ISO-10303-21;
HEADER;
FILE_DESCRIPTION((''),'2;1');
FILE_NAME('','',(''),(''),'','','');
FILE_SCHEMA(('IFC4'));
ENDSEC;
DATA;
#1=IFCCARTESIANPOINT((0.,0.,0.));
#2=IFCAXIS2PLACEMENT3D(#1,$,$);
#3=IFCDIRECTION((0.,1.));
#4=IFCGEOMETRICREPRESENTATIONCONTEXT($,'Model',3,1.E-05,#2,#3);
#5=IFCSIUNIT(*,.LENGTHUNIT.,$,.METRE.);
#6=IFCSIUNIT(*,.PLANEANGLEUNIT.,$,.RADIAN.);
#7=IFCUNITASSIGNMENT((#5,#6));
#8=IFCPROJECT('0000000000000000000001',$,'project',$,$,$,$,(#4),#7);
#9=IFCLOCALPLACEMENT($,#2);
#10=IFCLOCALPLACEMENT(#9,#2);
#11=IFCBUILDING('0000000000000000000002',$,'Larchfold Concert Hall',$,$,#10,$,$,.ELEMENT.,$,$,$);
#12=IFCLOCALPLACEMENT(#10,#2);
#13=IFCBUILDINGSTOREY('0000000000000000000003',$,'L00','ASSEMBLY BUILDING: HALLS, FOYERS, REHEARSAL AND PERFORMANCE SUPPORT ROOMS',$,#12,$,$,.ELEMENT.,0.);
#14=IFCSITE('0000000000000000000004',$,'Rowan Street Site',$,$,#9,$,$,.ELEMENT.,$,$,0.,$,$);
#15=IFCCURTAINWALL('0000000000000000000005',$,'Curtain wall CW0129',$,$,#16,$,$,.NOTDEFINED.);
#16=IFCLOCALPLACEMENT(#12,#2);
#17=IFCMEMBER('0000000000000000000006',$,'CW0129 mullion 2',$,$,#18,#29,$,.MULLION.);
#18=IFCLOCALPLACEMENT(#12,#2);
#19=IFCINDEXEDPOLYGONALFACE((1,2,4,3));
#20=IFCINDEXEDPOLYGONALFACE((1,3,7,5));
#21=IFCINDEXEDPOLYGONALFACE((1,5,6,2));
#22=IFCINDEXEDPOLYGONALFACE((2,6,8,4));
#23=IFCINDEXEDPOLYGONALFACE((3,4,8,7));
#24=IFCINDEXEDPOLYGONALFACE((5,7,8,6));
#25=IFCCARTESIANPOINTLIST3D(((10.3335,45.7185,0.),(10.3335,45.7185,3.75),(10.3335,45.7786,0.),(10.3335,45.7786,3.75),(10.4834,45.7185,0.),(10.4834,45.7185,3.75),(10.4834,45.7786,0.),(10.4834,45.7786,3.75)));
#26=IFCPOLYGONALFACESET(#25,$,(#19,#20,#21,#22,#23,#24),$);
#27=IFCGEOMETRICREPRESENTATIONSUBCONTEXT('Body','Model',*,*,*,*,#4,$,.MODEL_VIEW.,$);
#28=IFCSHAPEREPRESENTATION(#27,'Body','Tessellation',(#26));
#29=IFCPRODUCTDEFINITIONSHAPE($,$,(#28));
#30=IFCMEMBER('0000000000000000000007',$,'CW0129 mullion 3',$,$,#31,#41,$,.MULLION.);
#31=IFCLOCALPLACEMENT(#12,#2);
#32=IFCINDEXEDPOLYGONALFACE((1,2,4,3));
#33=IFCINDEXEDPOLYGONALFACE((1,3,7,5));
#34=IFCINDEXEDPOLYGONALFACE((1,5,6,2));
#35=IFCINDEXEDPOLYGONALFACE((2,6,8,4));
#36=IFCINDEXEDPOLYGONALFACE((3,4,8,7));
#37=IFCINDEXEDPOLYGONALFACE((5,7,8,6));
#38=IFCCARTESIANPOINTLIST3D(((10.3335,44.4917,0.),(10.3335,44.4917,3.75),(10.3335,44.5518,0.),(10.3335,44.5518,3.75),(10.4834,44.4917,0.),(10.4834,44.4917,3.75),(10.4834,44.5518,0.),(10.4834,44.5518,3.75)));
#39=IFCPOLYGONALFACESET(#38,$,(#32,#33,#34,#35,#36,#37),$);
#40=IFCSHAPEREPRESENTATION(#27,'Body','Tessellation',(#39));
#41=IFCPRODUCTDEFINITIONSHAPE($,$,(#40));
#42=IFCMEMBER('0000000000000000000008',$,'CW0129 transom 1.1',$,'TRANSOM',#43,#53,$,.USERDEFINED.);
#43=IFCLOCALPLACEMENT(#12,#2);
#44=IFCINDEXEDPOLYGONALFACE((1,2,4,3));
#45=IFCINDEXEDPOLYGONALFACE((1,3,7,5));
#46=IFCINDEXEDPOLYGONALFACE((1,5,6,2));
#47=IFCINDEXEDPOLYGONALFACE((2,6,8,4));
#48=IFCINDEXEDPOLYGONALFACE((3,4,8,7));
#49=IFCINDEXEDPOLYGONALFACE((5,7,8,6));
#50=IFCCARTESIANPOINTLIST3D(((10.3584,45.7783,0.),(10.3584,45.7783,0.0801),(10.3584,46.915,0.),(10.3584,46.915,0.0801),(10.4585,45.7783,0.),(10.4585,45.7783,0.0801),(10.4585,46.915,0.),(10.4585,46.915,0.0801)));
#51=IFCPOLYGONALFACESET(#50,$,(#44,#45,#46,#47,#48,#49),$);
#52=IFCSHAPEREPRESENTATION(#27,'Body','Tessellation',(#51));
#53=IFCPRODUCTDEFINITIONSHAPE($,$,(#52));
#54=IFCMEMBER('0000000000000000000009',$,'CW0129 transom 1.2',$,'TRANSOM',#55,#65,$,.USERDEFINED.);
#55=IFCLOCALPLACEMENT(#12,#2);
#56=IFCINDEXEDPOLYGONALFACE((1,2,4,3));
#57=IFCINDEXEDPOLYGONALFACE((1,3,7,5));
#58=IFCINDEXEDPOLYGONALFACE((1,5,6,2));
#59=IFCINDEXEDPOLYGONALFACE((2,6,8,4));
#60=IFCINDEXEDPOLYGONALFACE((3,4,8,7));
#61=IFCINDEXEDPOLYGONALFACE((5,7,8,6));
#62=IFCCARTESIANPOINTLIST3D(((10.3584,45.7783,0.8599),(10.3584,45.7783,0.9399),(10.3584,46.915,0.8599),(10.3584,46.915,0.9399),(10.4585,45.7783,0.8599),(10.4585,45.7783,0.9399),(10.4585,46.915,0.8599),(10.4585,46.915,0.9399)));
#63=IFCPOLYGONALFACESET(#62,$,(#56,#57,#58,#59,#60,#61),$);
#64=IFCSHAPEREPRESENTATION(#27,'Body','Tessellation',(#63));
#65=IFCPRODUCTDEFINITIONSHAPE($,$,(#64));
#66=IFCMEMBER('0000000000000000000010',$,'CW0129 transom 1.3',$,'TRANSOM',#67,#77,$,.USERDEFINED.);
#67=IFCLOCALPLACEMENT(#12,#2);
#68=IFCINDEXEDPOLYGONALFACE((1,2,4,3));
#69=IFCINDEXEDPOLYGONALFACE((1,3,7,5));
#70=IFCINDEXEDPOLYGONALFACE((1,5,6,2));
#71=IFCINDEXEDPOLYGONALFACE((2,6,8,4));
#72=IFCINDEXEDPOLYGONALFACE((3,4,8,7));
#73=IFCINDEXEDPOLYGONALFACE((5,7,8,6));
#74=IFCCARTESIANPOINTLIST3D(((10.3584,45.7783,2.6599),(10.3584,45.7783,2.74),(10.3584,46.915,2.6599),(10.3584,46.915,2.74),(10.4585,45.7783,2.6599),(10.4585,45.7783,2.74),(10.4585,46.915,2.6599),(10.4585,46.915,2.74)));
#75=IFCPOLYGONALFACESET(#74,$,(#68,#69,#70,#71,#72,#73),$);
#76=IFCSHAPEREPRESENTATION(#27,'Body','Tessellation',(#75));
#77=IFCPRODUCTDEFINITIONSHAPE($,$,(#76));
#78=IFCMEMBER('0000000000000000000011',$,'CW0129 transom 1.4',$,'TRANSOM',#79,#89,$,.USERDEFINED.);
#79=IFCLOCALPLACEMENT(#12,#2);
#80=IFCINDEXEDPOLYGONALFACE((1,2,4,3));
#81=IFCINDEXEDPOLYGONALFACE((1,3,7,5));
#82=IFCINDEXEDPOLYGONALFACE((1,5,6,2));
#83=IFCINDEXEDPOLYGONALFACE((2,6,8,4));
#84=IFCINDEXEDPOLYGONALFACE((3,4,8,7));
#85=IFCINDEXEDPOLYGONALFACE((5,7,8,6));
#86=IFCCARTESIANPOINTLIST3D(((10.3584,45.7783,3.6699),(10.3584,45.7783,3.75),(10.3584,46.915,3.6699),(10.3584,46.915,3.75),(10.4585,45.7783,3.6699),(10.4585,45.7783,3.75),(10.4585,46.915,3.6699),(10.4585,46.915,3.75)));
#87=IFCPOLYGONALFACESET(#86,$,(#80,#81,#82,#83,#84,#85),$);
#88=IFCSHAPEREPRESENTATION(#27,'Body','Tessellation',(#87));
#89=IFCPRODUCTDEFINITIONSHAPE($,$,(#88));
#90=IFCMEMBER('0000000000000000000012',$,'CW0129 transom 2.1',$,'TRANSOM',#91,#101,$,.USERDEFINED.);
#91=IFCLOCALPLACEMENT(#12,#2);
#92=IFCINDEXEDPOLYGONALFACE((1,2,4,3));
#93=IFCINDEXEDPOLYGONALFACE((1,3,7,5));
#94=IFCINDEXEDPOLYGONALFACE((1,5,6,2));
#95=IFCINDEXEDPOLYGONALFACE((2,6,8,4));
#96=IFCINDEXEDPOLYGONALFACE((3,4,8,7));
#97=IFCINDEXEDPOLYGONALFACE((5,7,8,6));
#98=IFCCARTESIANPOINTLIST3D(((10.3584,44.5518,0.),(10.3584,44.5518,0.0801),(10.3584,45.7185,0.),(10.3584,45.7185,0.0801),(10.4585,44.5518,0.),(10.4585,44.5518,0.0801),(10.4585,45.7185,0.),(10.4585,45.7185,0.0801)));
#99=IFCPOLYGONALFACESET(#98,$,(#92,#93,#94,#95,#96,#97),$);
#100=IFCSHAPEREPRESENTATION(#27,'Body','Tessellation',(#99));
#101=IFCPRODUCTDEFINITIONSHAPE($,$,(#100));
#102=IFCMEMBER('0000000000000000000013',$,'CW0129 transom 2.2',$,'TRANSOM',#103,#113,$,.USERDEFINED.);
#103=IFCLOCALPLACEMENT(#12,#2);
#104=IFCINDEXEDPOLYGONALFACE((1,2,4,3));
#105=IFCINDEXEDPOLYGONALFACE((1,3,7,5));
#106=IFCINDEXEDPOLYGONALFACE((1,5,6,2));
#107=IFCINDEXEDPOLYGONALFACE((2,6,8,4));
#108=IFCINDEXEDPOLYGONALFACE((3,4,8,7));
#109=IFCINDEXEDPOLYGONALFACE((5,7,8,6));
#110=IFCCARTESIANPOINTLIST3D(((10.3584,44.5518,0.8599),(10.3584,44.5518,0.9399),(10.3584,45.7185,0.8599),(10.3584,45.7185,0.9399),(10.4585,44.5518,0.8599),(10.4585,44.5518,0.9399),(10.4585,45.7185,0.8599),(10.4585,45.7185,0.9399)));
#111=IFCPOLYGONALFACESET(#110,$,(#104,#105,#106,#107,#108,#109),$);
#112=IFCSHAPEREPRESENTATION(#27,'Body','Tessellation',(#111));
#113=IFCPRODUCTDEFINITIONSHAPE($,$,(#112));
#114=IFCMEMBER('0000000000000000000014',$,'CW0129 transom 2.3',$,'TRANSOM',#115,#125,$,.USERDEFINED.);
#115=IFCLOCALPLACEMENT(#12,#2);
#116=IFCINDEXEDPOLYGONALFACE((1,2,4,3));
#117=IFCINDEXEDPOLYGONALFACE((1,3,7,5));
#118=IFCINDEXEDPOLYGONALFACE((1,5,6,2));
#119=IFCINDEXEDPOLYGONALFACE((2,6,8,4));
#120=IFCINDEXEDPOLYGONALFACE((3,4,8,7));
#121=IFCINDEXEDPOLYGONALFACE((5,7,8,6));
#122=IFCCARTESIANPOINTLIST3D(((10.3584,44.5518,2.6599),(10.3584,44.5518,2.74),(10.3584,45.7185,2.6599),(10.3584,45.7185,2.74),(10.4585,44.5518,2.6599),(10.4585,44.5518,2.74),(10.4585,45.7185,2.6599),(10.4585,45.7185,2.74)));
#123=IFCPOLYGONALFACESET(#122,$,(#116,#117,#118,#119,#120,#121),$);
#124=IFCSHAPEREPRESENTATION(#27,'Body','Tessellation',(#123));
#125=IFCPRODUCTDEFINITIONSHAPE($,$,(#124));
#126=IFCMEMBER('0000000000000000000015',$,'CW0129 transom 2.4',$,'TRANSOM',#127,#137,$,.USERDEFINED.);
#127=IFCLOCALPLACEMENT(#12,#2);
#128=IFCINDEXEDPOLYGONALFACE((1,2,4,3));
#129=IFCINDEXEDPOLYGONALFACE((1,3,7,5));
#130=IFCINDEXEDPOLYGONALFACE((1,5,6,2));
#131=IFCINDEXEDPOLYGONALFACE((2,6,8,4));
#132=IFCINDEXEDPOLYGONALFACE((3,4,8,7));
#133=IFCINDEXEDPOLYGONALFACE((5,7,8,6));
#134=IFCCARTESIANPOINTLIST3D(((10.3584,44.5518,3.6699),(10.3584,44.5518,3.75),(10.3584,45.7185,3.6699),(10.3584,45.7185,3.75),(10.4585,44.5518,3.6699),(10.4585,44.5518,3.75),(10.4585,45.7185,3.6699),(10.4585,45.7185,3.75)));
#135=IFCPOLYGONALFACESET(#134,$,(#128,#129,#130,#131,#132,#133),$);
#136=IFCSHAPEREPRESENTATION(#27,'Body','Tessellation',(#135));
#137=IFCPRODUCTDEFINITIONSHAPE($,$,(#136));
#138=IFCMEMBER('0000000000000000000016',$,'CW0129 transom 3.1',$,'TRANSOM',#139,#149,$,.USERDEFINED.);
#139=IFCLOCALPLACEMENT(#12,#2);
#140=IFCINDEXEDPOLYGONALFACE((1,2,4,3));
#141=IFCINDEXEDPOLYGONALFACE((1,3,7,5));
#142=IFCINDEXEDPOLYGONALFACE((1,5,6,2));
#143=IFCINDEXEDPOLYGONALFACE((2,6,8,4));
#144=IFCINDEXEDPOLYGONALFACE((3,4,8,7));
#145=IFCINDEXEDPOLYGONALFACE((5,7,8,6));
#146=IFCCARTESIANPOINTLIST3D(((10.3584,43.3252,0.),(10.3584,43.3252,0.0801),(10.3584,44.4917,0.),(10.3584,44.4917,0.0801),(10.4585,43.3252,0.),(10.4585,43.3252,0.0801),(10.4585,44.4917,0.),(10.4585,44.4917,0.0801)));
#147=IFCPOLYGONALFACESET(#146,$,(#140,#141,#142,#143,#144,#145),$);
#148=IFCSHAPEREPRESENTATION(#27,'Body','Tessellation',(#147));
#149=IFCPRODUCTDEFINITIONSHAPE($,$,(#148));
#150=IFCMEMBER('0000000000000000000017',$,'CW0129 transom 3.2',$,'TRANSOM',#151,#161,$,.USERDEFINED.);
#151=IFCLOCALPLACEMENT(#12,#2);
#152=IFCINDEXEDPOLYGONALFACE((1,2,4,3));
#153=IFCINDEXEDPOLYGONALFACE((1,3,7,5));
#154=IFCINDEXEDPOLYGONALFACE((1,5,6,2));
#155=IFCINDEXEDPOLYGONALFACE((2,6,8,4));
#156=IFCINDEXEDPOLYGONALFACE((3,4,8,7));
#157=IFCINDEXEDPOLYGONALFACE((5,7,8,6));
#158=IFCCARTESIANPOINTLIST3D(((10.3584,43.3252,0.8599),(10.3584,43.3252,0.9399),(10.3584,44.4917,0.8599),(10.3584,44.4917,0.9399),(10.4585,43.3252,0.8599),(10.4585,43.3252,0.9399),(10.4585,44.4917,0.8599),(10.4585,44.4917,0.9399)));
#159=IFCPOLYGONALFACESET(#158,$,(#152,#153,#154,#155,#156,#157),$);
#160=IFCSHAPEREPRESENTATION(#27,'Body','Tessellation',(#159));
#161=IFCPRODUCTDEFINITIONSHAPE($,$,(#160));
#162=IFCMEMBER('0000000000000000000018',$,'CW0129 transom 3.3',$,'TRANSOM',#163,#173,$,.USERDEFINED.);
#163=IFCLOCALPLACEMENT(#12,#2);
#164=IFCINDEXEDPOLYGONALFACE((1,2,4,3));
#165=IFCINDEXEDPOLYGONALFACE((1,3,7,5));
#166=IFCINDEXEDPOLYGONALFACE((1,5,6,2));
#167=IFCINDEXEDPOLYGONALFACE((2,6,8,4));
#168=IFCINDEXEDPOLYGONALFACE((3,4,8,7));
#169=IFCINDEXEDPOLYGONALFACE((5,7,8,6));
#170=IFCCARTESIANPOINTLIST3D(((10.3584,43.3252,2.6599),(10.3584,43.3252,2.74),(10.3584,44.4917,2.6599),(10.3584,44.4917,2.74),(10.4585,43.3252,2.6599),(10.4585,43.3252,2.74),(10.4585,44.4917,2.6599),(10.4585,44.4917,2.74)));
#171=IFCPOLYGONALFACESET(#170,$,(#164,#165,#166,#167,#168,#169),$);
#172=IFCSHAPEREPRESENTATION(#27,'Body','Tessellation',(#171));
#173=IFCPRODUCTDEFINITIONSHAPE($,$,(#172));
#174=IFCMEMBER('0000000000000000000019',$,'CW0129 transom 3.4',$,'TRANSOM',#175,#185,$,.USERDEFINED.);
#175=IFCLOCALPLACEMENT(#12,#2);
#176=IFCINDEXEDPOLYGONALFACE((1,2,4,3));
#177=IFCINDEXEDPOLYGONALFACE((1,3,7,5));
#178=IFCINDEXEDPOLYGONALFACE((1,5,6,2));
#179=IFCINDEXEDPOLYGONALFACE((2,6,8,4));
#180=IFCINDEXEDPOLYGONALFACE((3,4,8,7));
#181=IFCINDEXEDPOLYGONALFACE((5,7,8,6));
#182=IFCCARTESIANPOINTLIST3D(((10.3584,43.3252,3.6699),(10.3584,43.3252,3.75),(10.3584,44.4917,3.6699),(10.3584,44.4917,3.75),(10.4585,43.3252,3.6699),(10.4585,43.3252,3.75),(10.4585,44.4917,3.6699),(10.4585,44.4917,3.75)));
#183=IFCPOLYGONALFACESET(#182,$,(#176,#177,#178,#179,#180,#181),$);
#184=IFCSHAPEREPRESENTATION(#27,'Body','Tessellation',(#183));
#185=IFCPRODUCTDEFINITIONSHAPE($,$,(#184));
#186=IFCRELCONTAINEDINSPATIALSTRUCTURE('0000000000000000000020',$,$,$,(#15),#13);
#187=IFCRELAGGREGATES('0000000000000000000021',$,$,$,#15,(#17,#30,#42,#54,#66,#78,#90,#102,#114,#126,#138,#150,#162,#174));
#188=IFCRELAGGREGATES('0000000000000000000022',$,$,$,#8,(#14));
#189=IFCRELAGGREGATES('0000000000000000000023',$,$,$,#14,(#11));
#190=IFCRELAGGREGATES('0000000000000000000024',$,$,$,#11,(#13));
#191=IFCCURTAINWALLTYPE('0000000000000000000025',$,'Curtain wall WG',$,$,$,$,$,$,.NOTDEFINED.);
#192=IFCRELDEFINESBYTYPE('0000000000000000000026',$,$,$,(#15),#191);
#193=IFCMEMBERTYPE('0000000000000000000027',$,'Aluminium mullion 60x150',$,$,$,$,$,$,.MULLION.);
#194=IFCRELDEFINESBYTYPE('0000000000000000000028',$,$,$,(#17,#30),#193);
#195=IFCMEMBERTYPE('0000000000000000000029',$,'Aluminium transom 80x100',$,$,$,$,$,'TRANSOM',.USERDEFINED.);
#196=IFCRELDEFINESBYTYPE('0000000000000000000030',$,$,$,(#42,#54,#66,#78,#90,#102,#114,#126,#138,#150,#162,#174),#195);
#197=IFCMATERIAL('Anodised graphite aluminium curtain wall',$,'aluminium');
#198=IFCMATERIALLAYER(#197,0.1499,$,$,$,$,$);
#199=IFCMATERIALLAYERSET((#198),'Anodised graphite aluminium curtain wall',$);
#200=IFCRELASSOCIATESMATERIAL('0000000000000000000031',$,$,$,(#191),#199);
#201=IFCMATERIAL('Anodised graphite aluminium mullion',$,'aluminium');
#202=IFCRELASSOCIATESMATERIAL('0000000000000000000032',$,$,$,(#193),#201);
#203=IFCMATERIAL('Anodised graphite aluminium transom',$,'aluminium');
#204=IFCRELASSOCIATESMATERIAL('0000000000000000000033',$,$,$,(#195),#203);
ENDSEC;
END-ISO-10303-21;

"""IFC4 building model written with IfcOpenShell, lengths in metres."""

from ifc_helpers import new_model, si_unit, direction, frame, origin, origin_2d, place, context, subcontext, project, spatial, rectangle, extrude, material, layer, layer_set, material_profile, profile_set, type_object, element, aggregate, save


model = new_model("IFC4")

# Units and contexts
model_context = context("Model", 3, precision=1e-05, world=origin(), true_north=direction((0.0, 1.0)))
body_context = subcontext(model_context, "Body", "Model", "MODEL_VIEW")
ifc_project = project(units=[si_unit("LENGTHUNIT", "METRE"), si_unit("PLANEANGLEUNIT", "RADIAN")], contexts=[model_context])

# Site, building, storey
site_placement = place(None, origin())
site = spatial("IfcSite", under=ifc_project, at=site_placement, Name="Rowan Street Site", CompositionType="ELEMENT", RefElevation=0.0)
building_placement = place(site_placement, origin())
building = spatial("IfcBuilding", under=site, at=building_placement, Name="Larchfold Concert Hall", CompositionType="ELEMENT")
storey_placement = place(building_placement, origin())
storey = spatial("IfcBuildingStorey", under=building, at=storey_placement, Name="L00", Description="ASSEMBLY BUILDING: HALLS, FOYERS, REHEARSAL AND PERFORMANCE SUPPORT ROOMS", CompositionType="ELEMENT", Elevation=0.0)

# Curtain wall, members
ifc_material_1 = material(Name="Anodised graphite aluminium curtain wall", Category="aluminium")
ifc_layer_1 = layer(ifc_material_1, 0.1499)
ifc_layer_set_1 = layer_set([ifc_layer_1], Name="Anodised graphite aluminium curtain wall")
curtain_wall_type = type_object("IfcCurtainWallType", Name="Curtain wall WG", PredefinedType="NOTDEFINED", material=ifc_layer_set_1)
curtain_wall_placement = place(storey_placement, origin())
curtain_wall = element("IfcCurtainWall", 1, at=curtain_wall_placement, inside=storey, type_object=curtain_wall_type, Name="Curtain wall CW0129", PredefinedType="NOTDEFINED")
ifc_material_2 = material(Name="Anodised graphite aluminium mullion", Category="aluminium")
ifc_material_profile_1 = material_profile(ifc_material_2, rectangle(XDim=0.1499, YDim=0.0601, at=origin_2d()))
ifc_profile_set_1 = profile_set([ifc_material_profile_1], Name="Anodised graphite aluminium mullion")
member_type_1 = type_object("IfcMemberType", Name="Aluminium mullion 60x150", PredefinedType="MULLION", material=ifc_profile_set_1)
member_1_placement = place(storey_placement, frame((10.4084, 45.7485, 0.0), z_axis=(0.0, 0.0, 1.0), x_axis=(1.0, 0.0, 0.0)))
member_1 = element("IfcMember", 2, at=member_1_placement, type_object=member_type_1, Name="CW0129 mullion 2", PredefinedType="MULLION", context=body_context, shape_type="SweptSolid", body=[
    extrude(rectangle(XDim=0.1499, YDim=0.0601, at=origin_2d()), origin(), (0.0, 0.0, 1.0), 3.75),
])
member_2_placement = place(storey_placement, frame((10.4084, 44.5217, 0.0), z_axis=(0.0, 0.0, 1.0), x_axis=(1.0, 0.0, 0.0)))
member_2 = element("IfcMember", 3, at=member_2_placement, type_object=member_type_1, Name="CW0129 mullion 3", PredefinedType="MULLION", context=body_context, shape_type="SweptSolid", body=[
    extrude(rectangle(XDim=0.1499, YDim=0.0601, at=origin_2d()), origin(), (0.0, 0.0, 1.0), 3.75),
])
ifc_material_3 = material(Name="Anodised graphite aluminium transom", Category="aluminium")
ifc_material_profile_2 = material_profile(ifc_material_3, rectangle(XDim=0.1001, YDim=0.0801, at=origin_2d()))
ifc_profile_set_2 = profile_set([ifc_material_profile_2], Name="Anodised graphite aluminium transom")
member_type_2 = type_object("IfcMemberType", Name="Aluminium transom 80x100", ElementType="TRANSOM", PredefinedType="USERDEFINED", material=ifc_profile_set_2)
member_3_placement = place(storey_placement, frame((10.4084, 46.915, 0.04), z_axis=(0.0, -1.0, 0.0), x_axis=(1.0, 0.0, 0.0)))
member_3 = element("IfcMember", 4, at=member_3_placement, type_object=member_type_2, Name="CW0129 transom 1.1", ObjectType="TRANSOM", PredefinedType="USERDEFINED", context=body_context, shape_type="SweptSolid", body=[
    extrude(rectangle(XDim=0.1001, YDim=0.0801, at=origin_2d()), origin(), (0.0, 0.0, 1.0), 1.1367),
])
member_4_placement = place(storey_placement, frame((10.4084, 46.915, 0.8999), z_axis=(0.0, -1.0, 0.0), x_axis=(1.0, 0.0, 0.0)))
member_4 = element("IfcMember", 5, at=member_4_placement, type_object=member_type_2, Name="CW0129 transom 1.2", ObjectType="TRANSOM", PredefinedType="USERDEFINED", context=body_context, shape_type="SweptSolid", body=[
    extrude(rectangle(XDim=0.1001, YDim=0.0801, at=origin_2d()), origin(), (0.0, 0.0, 1.0), 1.1367),
])
member_5_placement = place(storey_placement, frame((10.4084, 46.915, 2.7), z_axis=(0.0, -1.0, 0.0), x_axis=(1.0, 0.0, 0.0)))
member_5 = element("IfcMember", 6, at=member_5_placement, type_object=member_type_2, Name="CW0129 transom 1.3", ObjectType="TRANSOM", PredefinedType="USERDEFINED", context=body_context, shape_type="SweptSolid", body=[
    extrude(rectangle(XDim=0.1001, YDim=0.0801, at=origin_2d()), origin(), (0.0, 0.0, 1.0), 1.1367),
])
member_6_placement = place(storey_placement, frame((10.4084, 46.915, 3.71), z_axis=(0.0, -1.0, 0.0), x_axis=(1.0, 0.0, 0.0)))
member_6 = element("IfcMember", 7, at=member_6_placement, type_object=member_type_2, Name="CW0129 transom 1.4", ObjectType="TRANSOM", PredefinedType="USERDEFINED", context=body_context, shape_type="SweptSolid", body=[
    extrude(rectangle(XDim=0.1001, YDim=0.0801, at=origin_2d()), origin(), (0.0, 0.0, 1.0), 1.1367),
])
member_7_placement = place(storey_placement, frame((10.4084, 45.7185, 0.04), z_axis=(0.0, -1.0, 0.0), x_axis=(1.0, 0.0, 0.0)))
member_7 = element("IfcMember", 8, at=member_7_placement, type_object=member_type_2, Name="CW0129 transom 2.1", ObjectType="TRANSOM", PredefinedType="USERDEFINED", context=body_context, shape_type="SweptSolid", body=[
    extrude(rectangle(XDim=0.1001, YDim=0.0801, at=origin_2d()), origin(), (0.0, 0.0, 1.0), 1.1667),
])
member_8_placement = place(storey_placement, frame((10.4084, 45.7185, 0.8999), z_axis=(0.0, -1.0, 0.0), x_axis=(1.0, 0.0, 0.0)))
member_8 = element("IfcMember", 9, at=member_8_placement, type_object=member_type_2, Name="CW0129 transom 2.2", ObjectType="TRANSOM", PredefinedType="USERDEFINED", context=body_context, shape_type="SweptSolid", body=[
    extrude(rectangle(XDim=0.1001, YDim=0.0801, at=origin_2d()), origin(), (0.0, 0.0, 1.0), 1.1667),
])
member_9_placement = place(storey_placement, frame((10.4084, 45.7185, 2.7), z_axis=(0.0, -1.0, 0.0), x_axis=(1.0, 0.0, 0.0)))
member_9 = element("IfcMember", 10, at=member_9_placement, type_object=member_type_2, Name="CW0129 transom 2.3", ObjectType="TRANSOM", PredefinedType="USERDEFINED", context=body_context, shape_type="SweptSolid", body=[
    extrude(rectangle(XDim=0.1001, YDim=0.0801, at=origin_2d()), origin(), (0.0, 0.0, 1.0), 1.1667),
])
member_10_placement = place(storey_placement, frame((10.4084, 45.7185, 3.71), z_axis=(0.0, -1.0, 0.0), x_axis=(1.0, 0.0, 0.0)))
member_10 = element("IfcMember", 11, at=member_10_placement, type_object=member_type_2, Name="CW0129 transom 2.4", ObjectType="TRANSOM", PredefinedType="USERDEFINED", context=body_context, shape_type="SweptSolid", body=[
    extrude(rectangle(XDim=0.1001, YDim=0.0801, at=origin_2d()), origin(), (0.0, 0.0, 1.0), 1.1667),
])
member_11_placement = place(storey_placement, frame((10.4084, 44.4917, 0.04), z_axis=(0.0, -1.0, 0.0), x_axis=(1.0, 0.0, 0.0)))
member_11 = element("IfcMember", 12, at=member_11_placement, type_object=member_type_2, Name="CW0129 transom 3.1", ObjectType="TRANSOM", PredefinedType="USERDEFINED", context=body_context, shape_type="SweptSolid", body=[
    extrude(rectangle(XDim=0.1001, YDim=0.0801, at=origin_2d()), origin(), (0.0, 0.0, 1.0), 1.1665),
])
member_12_placement = place(storey_placement, frame((10.4084, 44.4917, 0.8999), z_axis=(0.0, -1.0, 0.0), x_axis=(1.0, 0.0, 0.0)))
member_12 = element("IfcMember", 13, at=member_12_placement, type_object=member_type_2, Name="CW0129 transom 3.2", ObjectType="TRANSOM", PredefinedType="USERDEFINED", context=body_context, shape_type="SweptSolid", body=[
    extrude(rectangle(XDim=0.1001, YDim=0.0801, at=origin_2d()), origin(), (0.0, 0.0, 1.0), 1.1665),
])
member_13_placement = place(storey_placement, frame((10.4084, 44.4917, 2.7), z_axis=(0.0, -1.0, 0.0), x_axis=(1.0, 0.0, 0.0)))
member_13 = element("IfcMember", 14, at=member_13_placement, type_object=member_type_2, Name="CW0129 transom 3.3", ObjectType="TRANSOM", PredefinedType="USERDEFINED", context=body_context, shape_type="SweptSolid", body=[
    extrude(rectangle(XDim=0.1001, YDim=0.0801, at=origin_2d()), origin(), (0.0, 0.0, 1.0), 1.1665),
])
member_14_placement = place(storey_placement, frame((10.4084, 44.4917, 3.71), z_axis=(0.0, -1.0, 0.0), x_axis=(1.0, 0.0, 0.0)))
member_14 = element("IfcMember", 15, at=member_14_placement, type_object=member_type_2, Name="CW0129 transom 3.4", ObjectType="TRANSOM", PredefinedType="USERDEFINED", context=body_context, shape_type="SweptSolid", body=[
    extrude(rectangle(XDim=0.1001, YDim=0.0801, at=origin_2d()), origin(), (0.0, 0.0, 1.0), 1.1665),
])
aggregate(curtain_wall, [member_1, member_2, member_3, member_4, member_5, member_6, member_7, member_8, member_9, member_10, member_11, member_12, member_13, member_14])

save(model, "model.ifc")
